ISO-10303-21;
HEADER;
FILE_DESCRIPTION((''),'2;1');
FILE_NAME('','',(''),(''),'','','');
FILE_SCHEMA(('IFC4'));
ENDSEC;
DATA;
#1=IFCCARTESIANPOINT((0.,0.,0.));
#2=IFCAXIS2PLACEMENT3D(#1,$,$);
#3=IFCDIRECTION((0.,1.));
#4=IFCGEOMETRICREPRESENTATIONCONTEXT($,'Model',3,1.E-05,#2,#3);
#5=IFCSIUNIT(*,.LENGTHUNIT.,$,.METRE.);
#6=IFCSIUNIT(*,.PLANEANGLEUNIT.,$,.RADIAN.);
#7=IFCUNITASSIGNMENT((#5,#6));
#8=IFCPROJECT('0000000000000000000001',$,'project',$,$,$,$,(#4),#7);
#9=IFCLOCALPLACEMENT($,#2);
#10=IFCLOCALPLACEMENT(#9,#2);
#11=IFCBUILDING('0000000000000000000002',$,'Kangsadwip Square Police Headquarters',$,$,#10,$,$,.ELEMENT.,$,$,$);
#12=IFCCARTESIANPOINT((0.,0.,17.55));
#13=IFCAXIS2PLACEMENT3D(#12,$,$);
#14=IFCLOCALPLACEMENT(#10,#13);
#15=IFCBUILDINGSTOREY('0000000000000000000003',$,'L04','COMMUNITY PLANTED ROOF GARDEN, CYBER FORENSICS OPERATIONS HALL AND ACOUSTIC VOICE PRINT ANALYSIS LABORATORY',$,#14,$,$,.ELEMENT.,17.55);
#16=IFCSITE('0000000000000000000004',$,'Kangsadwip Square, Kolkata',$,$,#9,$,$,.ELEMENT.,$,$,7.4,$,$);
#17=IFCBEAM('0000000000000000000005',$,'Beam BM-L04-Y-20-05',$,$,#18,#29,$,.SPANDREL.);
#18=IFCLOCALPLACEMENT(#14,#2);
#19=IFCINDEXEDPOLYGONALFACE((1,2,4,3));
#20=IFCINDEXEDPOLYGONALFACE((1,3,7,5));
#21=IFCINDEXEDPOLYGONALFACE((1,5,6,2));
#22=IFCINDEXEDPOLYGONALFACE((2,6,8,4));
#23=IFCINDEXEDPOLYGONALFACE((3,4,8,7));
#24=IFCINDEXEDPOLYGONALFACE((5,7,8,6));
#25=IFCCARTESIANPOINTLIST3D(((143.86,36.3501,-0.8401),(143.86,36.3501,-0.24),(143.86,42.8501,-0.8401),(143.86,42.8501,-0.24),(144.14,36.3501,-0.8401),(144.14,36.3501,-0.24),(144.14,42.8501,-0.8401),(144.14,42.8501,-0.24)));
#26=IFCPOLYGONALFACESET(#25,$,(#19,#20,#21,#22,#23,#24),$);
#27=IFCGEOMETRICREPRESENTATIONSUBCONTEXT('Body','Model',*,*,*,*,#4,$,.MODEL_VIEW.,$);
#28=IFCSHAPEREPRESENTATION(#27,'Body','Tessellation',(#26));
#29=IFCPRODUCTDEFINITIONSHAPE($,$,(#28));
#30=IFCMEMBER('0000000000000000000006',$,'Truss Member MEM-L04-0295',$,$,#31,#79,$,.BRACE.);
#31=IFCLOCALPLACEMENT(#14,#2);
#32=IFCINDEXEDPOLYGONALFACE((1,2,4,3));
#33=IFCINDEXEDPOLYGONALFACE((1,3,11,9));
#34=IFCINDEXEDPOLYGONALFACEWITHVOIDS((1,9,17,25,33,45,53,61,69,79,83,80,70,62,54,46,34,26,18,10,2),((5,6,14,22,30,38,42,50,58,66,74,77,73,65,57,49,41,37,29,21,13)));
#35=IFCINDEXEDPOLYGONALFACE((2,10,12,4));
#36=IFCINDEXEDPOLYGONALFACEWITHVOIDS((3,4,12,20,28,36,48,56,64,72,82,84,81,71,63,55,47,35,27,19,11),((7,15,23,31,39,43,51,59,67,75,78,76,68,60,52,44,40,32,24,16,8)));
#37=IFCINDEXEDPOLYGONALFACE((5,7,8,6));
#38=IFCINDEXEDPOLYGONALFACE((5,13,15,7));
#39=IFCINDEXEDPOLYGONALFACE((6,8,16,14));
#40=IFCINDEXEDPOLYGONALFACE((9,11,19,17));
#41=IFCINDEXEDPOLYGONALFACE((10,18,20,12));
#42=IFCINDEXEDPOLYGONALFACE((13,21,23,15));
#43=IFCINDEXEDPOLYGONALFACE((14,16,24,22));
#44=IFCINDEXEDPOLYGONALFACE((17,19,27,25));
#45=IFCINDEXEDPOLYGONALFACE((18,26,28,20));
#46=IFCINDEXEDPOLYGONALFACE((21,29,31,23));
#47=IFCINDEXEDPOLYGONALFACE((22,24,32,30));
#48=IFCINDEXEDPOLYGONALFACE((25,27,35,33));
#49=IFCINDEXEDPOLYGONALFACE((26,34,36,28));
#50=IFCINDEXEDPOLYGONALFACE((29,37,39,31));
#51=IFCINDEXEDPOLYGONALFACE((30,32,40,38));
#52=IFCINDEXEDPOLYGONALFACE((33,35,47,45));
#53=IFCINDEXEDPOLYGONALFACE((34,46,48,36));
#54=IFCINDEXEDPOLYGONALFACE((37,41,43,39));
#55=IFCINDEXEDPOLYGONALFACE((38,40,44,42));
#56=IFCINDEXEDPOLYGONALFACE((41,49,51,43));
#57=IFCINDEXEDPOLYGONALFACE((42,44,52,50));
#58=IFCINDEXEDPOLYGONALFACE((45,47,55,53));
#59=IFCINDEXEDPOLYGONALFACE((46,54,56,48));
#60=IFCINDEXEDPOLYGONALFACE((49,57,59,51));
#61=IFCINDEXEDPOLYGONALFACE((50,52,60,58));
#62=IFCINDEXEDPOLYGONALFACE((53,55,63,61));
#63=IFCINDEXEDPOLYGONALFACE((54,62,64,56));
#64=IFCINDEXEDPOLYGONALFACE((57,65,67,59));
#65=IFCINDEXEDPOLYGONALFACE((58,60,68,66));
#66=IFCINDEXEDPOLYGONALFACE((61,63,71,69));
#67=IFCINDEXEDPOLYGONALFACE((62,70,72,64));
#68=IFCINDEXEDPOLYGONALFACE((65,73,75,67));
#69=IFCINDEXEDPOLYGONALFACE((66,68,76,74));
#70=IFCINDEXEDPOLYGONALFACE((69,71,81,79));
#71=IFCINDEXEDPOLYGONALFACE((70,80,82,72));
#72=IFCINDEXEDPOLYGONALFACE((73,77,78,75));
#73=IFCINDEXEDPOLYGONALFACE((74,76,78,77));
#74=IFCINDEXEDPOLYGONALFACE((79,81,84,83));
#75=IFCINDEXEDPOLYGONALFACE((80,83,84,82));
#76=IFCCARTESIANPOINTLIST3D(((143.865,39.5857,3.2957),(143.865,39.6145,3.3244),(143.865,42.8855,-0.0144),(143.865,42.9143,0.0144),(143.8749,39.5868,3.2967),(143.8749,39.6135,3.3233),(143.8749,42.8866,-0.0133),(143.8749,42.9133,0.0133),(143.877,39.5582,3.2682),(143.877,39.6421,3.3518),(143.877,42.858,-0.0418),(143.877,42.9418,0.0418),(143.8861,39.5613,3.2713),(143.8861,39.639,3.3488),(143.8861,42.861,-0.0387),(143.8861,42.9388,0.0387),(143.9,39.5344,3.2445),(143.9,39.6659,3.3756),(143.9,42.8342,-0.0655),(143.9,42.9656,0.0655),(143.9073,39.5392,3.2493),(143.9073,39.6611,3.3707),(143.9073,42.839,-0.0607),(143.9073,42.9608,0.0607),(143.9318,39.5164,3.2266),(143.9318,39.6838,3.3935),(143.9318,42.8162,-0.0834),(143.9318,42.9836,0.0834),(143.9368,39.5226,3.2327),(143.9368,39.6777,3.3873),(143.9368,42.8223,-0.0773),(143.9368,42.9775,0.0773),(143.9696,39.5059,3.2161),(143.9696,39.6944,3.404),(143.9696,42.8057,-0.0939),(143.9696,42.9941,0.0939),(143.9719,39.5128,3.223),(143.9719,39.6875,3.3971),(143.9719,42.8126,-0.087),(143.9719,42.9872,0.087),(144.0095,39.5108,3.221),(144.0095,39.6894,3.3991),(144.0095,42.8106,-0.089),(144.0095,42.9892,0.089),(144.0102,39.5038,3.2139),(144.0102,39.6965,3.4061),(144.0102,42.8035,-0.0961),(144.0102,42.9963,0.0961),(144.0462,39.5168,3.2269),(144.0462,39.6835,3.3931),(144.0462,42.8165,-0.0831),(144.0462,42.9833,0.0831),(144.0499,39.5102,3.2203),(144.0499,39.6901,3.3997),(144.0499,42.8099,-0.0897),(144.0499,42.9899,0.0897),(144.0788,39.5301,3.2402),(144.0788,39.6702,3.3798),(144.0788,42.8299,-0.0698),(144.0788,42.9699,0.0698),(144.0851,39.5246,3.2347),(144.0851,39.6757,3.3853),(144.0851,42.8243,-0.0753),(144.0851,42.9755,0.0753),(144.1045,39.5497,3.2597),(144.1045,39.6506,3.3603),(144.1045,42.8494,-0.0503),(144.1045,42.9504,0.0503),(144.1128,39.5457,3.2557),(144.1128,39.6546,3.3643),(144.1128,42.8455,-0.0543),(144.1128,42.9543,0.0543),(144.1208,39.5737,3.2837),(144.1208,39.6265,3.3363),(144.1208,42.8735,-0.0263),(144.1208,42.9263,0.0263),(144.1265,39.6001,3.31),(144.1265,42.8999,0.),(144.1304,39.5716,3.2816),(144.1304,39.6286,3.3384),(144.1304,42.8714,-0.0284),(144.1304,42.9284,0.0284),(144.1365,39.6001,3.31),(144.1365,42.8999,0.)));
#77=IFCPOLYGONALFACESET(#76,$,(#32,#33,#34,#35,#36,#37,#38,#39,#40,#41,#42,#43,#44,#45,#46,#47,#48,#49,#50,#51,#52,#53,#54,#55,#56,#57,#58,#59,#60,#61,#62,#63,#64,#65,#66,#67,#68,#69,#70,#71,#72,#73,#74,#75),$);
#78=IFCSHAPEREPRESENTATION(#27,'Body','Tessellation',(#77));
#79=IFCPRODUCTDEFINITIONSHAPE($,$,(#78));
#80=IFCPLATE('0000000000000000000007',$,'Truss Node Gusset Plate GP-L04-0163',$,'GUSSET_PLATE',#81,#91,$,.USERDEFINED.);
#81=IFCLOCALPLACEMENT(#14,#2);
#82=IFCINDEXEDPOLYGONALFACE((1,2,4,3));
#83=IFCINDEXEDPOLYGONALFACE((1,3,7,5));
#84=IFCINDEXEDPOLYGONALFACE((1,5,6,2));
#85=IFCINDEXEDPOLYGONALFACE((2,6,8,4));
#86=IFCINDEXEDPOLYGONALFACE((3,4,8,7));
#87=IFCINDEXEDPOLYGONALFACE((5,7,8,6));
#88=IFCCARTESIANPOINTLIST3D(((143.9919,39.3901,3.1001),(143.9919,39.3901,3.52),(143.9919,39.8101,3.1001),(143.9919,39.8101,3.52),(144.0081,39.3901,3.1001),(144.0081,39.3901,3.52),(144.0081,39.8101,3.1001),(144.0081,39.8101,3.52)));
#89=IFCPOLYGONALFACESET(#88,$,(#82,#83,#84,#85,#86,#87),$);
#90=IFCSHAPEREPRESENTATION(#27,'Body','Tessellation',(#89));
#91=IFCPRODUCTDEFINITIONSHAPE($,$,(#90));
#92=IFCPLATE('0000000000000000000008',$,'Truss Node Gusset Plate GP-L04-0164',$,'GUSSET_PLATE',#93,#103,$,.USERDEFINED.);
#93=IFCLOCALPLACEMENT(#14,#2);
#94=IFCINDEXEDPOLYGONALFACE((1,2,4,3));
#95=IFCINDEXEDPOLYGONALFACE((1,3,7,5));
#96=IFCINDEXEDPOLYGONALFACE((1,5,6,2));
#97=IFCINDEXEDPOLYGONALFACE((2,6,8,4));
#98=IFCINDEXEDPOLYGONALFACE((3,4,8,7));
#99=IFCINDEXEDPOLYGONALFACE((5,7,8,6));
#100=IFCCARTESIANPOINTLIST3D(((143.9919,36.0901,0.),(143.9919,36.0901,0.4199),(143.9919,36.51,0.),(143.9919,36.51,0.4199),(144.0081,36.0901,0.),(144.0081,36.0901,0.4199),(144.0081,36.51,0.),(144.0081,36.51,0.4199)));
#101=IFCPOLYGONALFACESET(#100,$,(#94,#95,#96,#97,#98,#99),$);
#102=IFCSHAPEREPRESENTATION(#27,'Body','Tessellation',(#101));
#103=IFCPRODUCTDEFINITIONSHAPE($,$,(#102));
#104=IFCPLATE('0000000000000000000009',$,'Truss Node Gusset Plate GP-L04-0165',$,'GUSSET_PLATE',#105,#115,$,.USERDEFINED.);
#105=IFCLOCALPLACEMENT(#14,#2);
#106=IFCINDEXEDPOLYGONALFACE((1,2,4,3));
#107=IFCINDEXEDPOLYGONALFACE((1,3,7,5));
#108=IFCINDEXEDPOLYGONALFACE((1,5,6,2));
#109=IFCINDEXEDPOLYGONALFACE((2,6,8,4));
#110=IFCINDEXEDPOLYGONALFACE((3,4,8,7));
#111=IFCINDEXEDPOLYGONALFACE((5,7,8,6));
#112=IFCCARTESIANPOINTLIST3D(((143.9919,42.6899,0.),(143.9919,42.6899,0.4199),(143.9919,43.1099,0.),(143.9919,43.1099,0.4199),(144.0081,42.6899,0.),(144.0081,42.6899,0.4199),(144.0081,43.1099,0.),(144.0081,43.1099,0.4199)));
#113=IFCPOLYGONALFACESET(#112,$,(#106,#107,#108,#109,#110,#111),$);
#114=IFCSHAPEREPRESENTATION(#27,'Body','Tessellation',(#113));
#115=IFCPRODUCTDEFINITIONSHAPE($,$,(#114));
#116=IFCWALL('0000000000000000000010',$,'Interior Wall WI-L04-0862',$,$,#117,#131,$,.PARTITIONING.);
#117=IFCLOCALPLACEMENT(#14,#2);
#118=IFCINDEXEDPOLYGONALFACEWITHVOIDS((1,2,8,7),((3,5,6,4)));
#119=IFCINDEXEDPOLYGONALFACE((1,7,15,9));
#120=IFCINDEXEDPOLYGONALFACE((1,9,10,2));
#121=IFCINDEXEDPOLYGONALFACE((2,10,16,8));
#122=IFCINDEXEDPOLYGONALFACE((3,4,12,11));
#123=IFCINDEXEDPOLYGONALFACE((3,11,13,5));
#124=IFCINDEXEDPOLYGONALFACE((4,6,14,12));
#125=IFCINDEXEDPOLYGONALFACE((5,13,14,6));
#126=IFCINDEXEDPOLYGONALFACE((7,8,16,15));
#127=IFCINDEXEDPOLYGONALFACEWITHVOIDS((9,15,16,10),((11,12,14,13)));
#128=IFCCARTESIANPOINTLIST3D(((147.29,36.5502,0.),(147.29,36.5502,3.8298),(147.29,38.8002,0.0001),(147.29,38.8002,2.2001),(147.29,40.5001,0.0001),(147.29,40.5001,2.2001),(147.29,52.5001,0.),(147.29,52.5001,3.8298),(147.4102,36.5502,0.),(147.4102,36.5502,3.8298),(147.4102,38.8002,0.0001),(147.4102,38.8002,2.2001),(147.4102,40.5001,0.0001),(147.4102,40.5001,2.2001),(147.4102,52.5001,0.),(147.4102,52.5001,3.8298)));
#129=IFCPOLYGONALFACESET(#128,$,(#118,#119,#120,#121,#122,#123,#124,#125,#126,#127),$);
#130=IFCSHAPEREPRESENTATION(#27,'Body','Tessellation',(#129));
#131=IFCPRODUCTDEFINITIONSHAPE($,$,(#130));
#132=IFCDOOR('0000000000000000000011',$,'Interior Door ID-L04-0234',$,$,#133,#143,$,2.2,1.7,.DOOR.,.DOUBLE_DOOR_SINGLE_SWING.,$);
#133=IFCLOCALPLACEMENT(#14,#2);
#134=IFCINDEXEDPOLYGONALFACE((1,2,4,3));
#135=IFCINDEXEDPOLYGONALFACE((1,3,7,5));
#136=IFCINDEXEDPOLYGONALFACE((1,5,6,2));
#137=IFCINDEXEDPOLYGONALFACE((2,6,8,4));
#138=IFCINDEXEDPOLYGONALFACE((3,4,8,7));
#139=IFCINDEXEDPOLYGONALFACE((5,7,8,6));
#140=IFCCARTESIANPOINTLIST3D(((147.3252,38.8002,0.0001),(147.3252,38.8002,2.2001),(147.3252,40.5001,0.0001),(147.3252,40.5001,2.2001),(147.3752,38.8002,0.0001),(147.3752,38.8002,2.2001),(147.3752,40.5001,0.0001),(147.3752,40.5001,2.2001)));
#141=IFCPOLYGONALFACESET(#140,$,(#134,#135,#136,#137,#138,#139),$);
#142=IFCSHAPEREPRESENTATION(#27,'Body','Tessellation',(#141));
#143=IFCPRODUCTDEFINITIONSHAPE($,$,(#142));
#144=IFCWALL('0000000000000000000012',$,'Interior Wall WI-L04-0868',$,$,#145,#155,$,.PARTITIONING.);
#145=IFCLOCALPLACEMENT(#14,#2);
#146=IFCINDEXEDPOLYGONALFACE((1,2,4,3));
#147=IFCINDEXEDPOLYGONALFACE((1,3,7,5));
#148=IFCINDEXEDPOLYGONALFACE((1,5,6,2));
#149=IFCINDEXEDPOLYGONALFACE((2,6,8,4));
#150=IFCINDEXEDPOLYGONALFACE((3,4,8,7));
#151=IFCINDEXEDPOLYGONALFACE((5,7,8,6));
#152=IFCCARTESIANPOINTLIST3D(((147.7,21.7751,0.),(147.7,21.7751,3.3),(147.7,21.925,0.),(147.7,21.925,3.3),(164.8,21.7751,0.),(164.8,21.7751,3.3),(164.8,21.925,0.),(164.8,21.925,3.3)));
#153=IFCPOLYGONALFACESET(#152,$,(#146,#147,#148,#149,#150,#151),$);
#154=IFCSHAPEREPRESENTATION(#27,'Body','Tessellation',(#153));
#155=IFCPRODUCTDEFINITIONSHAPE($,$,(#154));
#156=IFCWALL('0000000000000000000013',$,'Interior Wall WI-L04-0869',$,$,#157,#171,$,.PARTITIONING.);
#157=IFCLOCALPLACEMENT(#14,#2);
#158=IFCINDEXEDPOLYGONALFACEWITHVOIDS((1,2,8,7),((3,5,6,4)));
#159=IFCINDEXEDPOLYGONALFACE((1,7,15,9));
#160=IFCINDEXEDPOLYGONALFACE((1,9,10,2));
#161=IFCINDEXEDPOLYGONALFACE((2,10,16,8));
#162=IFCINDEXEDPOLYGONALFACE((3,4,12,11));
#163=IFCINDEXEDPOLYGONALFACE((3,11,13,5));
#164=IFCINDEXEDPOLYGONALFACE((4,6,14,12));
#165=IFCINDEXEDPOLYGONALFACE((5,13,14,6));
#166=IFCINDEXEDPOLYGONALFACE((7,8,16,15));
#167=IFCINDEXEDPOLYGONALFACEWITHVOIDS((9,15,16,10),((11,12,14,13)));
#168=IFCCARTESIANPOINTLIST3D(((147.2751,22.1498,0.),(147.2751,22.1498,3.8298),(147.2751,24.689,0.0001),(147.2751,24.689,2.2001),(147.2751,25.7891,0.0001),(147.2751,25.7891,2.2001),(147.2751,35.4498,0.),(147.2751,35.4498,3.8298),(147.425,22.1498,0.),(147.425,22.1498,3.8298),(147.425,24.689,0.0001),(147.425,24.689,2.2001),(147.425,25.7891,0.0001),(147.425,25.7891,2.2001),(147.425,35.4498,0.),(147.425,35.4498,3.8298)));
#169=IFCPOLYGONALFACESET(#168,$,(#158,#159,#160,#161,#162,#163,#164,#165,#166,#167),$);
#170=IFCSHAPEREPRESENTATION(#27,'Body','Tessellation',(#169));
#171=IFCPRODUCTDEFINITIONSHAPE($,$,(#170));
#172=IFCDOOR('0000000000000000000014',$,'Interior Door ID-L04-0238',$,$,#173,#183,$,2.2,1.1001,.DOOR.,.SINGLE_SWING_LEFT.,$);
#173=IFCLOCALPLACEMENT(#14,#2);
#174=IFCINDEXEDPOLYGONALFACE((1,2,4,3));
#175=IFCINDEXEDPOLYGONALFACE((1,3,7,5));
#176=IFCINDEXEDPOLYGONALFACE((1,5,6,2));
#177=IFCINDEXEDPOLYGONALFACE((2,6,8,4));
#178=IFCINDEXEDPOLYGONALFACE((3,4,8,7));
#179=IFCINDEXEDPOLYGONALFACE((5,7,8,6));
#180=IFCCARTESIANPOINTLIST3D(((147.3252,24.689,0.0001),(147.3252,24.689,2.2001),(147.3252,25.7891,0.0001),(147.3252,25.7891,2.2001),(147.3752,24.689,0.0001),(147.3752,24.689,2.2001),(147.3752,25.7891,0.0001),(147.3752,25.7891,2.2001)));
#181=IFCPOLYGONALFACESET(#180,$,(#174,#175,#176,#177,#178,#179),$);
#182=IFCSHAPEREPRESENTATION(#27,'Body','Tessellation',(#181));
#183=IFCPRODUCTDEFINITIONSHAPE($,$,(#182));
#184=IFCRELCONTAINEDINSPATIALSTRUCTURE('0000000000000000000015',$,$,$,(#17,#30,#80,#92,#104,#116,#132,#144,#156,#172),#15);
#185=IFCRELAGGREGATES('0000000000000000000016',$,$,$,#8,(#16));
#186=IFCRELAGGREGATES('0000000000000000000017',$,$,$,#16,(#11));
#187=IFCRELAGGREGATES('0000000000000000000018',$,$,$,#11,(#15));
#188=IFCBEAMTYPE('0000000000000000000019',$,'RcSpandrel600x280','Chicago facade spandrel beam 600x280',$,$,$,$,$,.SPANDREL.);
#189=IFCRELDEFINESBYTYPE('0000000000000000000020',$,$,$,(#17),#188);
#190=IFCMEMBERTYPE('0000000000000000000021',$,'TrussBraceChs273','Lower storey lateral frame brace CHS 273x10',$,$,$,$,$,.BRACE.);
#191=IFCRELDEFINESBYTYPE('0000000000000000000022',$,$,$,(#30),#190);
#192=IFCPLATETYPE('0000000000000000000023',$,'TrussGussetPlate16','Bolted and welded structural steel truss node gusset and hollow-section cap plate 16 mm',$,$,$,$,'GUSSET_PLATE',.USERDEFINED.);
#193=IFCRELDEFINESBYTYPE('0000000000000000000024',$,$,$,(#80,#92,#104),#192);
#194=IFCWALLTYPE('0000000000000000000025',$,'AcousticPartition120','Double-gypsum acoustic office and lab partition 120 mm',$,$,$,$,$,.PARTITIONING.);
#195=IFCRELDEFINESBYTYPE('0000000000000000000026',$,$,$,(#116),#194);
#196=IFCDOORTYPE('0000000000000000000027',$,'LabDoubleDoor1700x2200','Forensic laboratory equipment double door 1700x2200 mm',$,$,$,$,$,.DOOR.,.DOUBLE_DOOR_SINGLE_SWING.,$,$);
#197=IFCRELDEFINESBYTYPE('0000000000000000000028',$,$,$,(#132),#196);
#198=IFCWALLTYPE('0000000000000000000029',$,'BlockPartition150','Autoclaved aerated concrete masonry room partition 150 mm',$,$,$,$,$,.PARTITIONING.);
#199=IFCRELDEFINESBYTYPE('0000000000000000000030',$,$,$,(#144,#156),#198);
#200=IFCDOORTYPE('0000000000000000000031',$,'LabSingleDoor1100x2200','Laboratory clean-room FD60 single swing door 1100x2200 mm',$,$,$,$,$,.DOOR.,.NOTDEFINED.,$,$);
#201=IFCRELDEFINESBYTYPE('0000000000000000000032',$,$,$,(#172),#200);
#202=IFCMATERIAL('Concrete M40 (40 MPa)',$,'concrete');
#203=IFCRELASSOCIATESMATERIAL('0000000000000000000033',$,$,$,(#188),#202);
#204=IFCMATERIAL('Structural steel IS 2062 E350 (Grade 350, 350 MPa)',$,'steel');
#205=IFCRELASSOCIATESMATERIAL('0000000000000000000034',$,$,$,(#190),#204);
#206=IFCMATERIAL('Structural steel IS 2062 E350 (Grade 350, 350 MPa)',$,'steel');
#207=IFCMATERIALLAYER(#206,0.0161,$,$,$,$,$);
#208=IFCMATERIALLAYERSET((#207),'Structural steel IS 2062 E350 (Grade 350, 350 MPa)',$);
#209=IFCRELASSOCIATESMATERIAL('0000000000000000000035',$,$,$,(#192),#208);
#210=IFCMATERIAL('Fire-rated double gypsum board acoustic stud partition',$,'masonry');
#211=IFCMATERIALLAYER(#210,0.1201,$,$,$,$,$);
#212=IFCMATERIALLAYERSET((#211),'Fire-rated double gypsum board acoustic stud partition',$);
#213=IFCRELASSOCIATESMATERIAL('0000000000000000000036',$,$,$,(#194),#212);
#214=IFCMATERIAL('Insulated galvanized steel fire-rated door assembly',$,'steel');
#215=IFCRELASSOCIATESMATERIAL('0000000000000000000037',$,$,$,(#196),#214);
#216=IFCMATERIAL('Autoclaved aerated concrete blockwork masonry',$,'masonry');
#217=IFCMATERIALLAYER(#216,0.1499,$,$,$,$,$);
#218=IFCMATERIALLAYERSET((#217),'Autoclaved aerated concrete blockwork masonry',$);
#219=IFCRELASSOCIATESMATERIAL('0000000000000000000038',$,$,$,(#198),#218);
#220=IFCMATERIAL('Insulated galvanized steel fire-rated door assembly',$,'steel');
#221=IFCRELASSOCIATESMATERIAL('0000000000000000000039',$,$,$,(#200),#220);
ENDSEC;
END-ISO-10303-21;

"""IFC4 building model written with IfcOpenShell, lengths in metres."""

from ifc_helpers import new_model, si_unit, direction, frame, frame_2d, origin, origin_2d, place, context, subcontext, project, spatial, rectangle, hollow_circle, extrude, material, layer, layer_set, material_profile, profile_set, type_object, element, fill, save


model = new_model("IFC4")

# Units and contexts
model_context = context("Model", 3, precision=1e-05, world=origin(), true_north=direction((0.0, 1.0)))
body_context = subcontext(model_context, "Body", "Model", "MODEL_VIEW")
ifc_project = project(units=[si_unit("LENGTHUNIT", "METRE"), si_unit("PLANEANGLEUNIT", "RADIAN")], contexts=[model_context])

# Site, building, storey
site_placement = place(None, origin())
site = spatial("IfcSite", under=ifc_project, at=site_placement, Name="Kangsadwip Square, Kolkata", CompositionType="ELEMENT", RefElevation=7.4)
building_placement = place(site_placement, origin())
building = spatial("IfcBuilding", under=site, at=building_placement, Name="Kangsadwip Square Police Headquarters", CompositionType="ELEMENT")
storey_placement = place(building_placement, frame((0.0, 0.0, 17.55)))
storey = spatial("IfcBuildingStorey", under=building, at=storey_placement, Name="L04", Description="COMMUNITY PLANTED ROOF GARDEN, CYBER FORENSICS OPERATIONS HALL AND ACOUSTIC VOICE PRINT ANALYSIS LABORATORY", CompositionType="ELEMENT", Elevation=17.55)

# Beam
ifc_material_1 = material(Name="Concrete M40 (40 MPa)", Category="concrete")
ifc_material_profile_1 = material_profile(ifc_material_1, rectangle(XDim=0.28, YDim=0.6001, at=origin_2d()), Name="RC SPN 600X280")
ifc_profile_set_1 = profile_set([ifc_material_profile_1], Name="Concrete M40 (40 MPa)")
beam_type_1 = type_object("IfcBeamType", Name="RcSpandrel600x280", Description="Chicago facade spandrel beam 600x280", PredefinedType="SPANDREL", material=ifc_profile_set_1)
beam_1_placement = place(storey_placement, frame((144.0, 36.3501, -0.54), z_axis=(0.0, 1.0, 0.0), x_axis=(-1.0, 0.0, 0.0)))
element("IfcBeam", 1, at=beam_1_placement, inside=storey, type_object=beam_type_1, Name="Beam BM-L04-Y-20-05", PredefinedType="SPANDREL", context=body_context, shape_type="SweptSolid", body=[
    extrude(rectangle(XDim=0.28, YDim=0.6001, at=origin_2d()), origin(), (0.0, 0.0, 1.0), 6.5),
])

# Member
ifc_material_2 = material(Name="Structural steel IS 2062 E350 (Grade 350, 350 MPa)", Category="steel")
ifc_material_profile_2 = material_profile(ifc_material_2, hollow_circle(Radius=0.1365, WallThickness=0.01, at=origin_2d()), Name="CHS 273X10")
ifc_profile_set_2 = profile_set([ifc_material_profile_2], Name="Structural steel IS 2062 E350 (Grade 350, 350 MPa)")
member_type = type_object("IfcMemberType", Name="TrussBraceChs273", Description="Lower storey lateral frame brace CHS 273x10", PredefinedType="BRACE", material=ifc_profile_set_2)
member_placement = place(storey_placement, frame((144.0, 42.8999, 0.0), z_axis=(0.0, -0.706009, 0.708203), x_axis=(1.0, 0.0, 0.0)))
element("IfcMember", 2, at=member_placement, inside=storey, type_object=member_type, Name="Truss Member MEM-L04-0295", PredefinedType="BRACE", context=body_context, shape_type="SweptSolid", body=[
    extrude(hollow_circle(Radius=0.1365, WallThickness=0.01, at=origin_2d()), origin(), (0.0, 0.0, 1.0), 4.6738),
])

# Plates
ifc_material_3 = material(Name="Structural steel IS 2062 E350 (Grade 350, 350 MPa)", Category="steel")
ifc_layer_1 = layer(ifc_material_3, 0.0161)
ifc_layer_set_1 = layer_set([ifc_layer_1], Name="Structural steel IS 2062 E350 (Grade 350, 350 MPa)")
plate_type = type_object("IfcPlateType", Name="TrussGussetPlate16", Description="Bolted and welded structural steel truss node gusset and hollow-section cap plate 16 mm", ElementType="GUSSET_PLATE", PredefinedType="USERDEFINED", material=ifc_layer_set_1)
for number, where, z_axis, x_axis, name in (
    (3, (144.0, 39.6001, 3.1001), (0.0, 0.0, 1.0), (0.0, 1.0, 0.0), "Truss Node Gusset Plate GP-L04-0163"),
    (4, (144.0, 36.3, 0.0), (0.0, 0.0, 1.0), (0.0, 1.0, 0.0), "Truss Node Gusset Plate GP-L04-0164"),
    (5, (144.0, 42.8999, 0.0), (0.0, 0.0, 1.0), (0.0, 1.0, 0.0), "Truss Node Gusset Plate GP-L04-0165"),
):
    element("IfcPlate", number, at=place(storey_placement, frame(where, z_axis=z_axis, x_axis=x_axis)), inside=storey, type_object=plate_type, Name=name, ObjectType="GUSSET_PLATE", PredefinedType="USERDEFINED", context=body_context, shape_type="SweptSolid", body=[
        extrude(rectangle(XDim=0.4199, YDim=0.0161, at=origin_2d()), origin(), (0.0, 0.0, 1.0), 0.4199),
    ])

# Wall, opening, door
ifc_material_4 = material(Name="Fire-rated double gypsum board acoustic stud partition", Category="masonry")
ifc_layer_2 = layer(ifc_material_4, 0.1201)
ifc_layer_set_2 = layer_set([ifc_layer_2], Name="Fire-rated double gypsum board acoustic stud partition")
wall_type_1 = type_object("IfcWallType", Name="AcousticPartition120", Description="Double-gypsum acoustic office and lab partition 120 mm", PredefinedType="PARTITIONING", material=ifc_layer_set_2)
wall_1_placement = place(storey_placement, frame((147.3501, 36.55, 0.0), z_axis=(0.0, 0.0, 1.0), x_axis=(0.0, 1.0, 0.0)))
wall_1 = element("IfcWall", 6, at=wall_1_placement, inside=storey, type_object=wall_type_1, Name="Interior Wall WI-L04-0862", PredefinedType="PARTITIONING", context=body_context, shape_type="SweptSolid", body=[
    extrude(rectangle(XDim=15.95, YDim=0.1201, at=frame_2d((7.9751, 0.0))), origin(), (0.0, 0.0, 1.0), 3.8298),
])
opening_1_placement = place(wall_1_placement, frame((2.25, 0.0, 0.0)))
opening_1 = element("IfcOpeningElement", 7, at=opening_1_placement, cuts=wall_1, PredefinedType="OPENING", context=body_context, shape_type="SweptSolid", body=[
    extrude(rectangle(XDim=1.7, YDim=2.2, at=frame_2d((0.8501, 1.1001))), frame((0.0, 0.0701, 0.0), z_axis=(0.0, -1.0, 0.0), x_axis=(1.0, 0.0, 0.0)), (0.0, 0.0, 1.0), 0.1401),
])
ifc_material_5 = material(Name="Insulated galvanized steel fire-rated door assembly", Category="steel")
door_type_1 = type_object("IfcDoorType", Name="LabDoubleDoor1700x2200", Description="Forensic laboratory equipment double door 1700x2200 mm", OperationType="DOUBLE_DOOR_SINGLE_SWING", PredefinedType="DOOR", material=ifc_material_5)
door_1_placement = place(opening_1_placement, origin())
door_1 = element("IfcDoor", 8, at=door_1_placement, inside=storey, type_object=door_type_1, Name="Interior Door ID-L04-0234", OperationType="DOUBLE_DOOR_SINGLE_SWING", OverallHeight=2.2, OverallWidth=1.7, PredefinedType="DOOR", context=body_context, shape_type="SweptSolid", body=[
    extrude(rectangle(XDim=1.7, YDim=2.2, at=frame_2d((0.8501, 1.1001))), frame((0.0, 0.0249, 0.0), z_axis=(0.0, -1.0, 0.0), x_axis=(1.0, 0.0, 0.0)), (0.0, 0.0, 1.0), 0.05),
])
fill(opening_1, door_1)

# Wall
ifc_material_6 = material(Name="Autoclaved aerated concrete blockwork masonry", Category="masonry")
ifc_layer_3 = layer(ifc_material_6, 0.1499)
ifc_layer_set_3 = layer_set([ifc_layer_3], Name="Autoclaved aerated concrete blockwork masonry")
wall_type_2 = type_object("IfcWallType", Name="BlockPartition150", Description="Autoclaved aerated concrete masonry room partition 150 mm", PredefinedType="PARTITIONING", material=ifc_layer_set_3)
wall_2_placement = place(storey_placement, frame((147.7, 21.8501, 0.0), z_axis=(0.0, 0.0, 1.0), x_axis=(1.0, 0.0, 0.0)))
element("IfcWall", 9, at=wall_2_placement, inside=storey, type_object=wall_type_2, Name="Interior Wall WI-L04-0868", PredefinedType="PARTITIONING", context=body_context, shape_type="SweptSolid", body=[
    extrude(rectangle(XDim=17.1001, YDim=0.1499, at=frame_2d((8.55, 0.0))), origin(), (0.0, 0.0, 1.0), 3.3),
])

# Wall, opening, door
wall_3_placement = place(storey_placement, frame((147.3501, 22.1499, 0.0), z_axis=(0.0, 0.0, 1.0), x_axis=(0.0, 1.0, 0.0)))
wall_3 = element("IfcWall", 10, at=wall_3_placement, inside=storey, type_object=wall_type_2, Name="Interior Wall WI-L04-0869", PredefinedType="PARTITIONING", context=body_context, shape_type="SweptSolid", body=[
    extrude(rectangle(XDim=13.3, YDim=0.1499, at=frame_2d((6.6499, 0.0))), origin(), (0.0, 0.0, 1.0), 3.8298),
])
opening_2_placement = place(wall_3_placement, frame((2.5391, 0.0, 0.0)))
opening_2 = element("IfcOpeningElement", 11, at=opening_2_placement, cuts=wall_3, PredefinedType="OPENING", context=body_context, shape_type="SweptSolid", body=[
    extrude(rectangle(XDim=1.1001, YDim=2.2, at=frame_2d((0.55, 1.1001))), frame((0.0, 0.085, 0.0), z_axis=(0.0, -1.0, 0.0), x_axis=(1.0, 0.0, 0.0)), (0.0, 0.0, 1.0), 0.1699),
])
ifc_material_7 = material(Name="Insulated galvanized steel fire-rated door assembly", Category="steel")
door_type_2 = type_object("IfcDoorType", Name="LabSingleDoor1100x2200", Description="Laboratory clean-room FD60 single swing door 1100x2200 mm", OperationType="NOTDEFINED", PredefinedType="DOOR", material=ifc_material_7)
door_2_placement = place(opening_2_placement, origin())
door_2 = element("IfcDoor", 12, at=door_2_placement, inside=storey, type_object=door_type_2, Name="Interior Door ID-L04-0238", OperationType="SINGLE_SWING_LEFT", OverallHeight=2.2, OverallWidth=1.1001, PredefinedType="DOOR", context=body_context, shape_type="SweptSolid", body=[
    extrude(rectangle(XDim=1.1001, YDim=2.2, at=frame_2d((0.55, 1.1001))), frame((0.0, 0.0249, 0.0), z_axis=(0.0, -1.0, 0.0), x_axis=(1.0, 0.0, 0.0)), (0.0, 0.0, 1.0), 0.05),
])
fill(opening_2, door_2)

save(model, "model.ifc")
